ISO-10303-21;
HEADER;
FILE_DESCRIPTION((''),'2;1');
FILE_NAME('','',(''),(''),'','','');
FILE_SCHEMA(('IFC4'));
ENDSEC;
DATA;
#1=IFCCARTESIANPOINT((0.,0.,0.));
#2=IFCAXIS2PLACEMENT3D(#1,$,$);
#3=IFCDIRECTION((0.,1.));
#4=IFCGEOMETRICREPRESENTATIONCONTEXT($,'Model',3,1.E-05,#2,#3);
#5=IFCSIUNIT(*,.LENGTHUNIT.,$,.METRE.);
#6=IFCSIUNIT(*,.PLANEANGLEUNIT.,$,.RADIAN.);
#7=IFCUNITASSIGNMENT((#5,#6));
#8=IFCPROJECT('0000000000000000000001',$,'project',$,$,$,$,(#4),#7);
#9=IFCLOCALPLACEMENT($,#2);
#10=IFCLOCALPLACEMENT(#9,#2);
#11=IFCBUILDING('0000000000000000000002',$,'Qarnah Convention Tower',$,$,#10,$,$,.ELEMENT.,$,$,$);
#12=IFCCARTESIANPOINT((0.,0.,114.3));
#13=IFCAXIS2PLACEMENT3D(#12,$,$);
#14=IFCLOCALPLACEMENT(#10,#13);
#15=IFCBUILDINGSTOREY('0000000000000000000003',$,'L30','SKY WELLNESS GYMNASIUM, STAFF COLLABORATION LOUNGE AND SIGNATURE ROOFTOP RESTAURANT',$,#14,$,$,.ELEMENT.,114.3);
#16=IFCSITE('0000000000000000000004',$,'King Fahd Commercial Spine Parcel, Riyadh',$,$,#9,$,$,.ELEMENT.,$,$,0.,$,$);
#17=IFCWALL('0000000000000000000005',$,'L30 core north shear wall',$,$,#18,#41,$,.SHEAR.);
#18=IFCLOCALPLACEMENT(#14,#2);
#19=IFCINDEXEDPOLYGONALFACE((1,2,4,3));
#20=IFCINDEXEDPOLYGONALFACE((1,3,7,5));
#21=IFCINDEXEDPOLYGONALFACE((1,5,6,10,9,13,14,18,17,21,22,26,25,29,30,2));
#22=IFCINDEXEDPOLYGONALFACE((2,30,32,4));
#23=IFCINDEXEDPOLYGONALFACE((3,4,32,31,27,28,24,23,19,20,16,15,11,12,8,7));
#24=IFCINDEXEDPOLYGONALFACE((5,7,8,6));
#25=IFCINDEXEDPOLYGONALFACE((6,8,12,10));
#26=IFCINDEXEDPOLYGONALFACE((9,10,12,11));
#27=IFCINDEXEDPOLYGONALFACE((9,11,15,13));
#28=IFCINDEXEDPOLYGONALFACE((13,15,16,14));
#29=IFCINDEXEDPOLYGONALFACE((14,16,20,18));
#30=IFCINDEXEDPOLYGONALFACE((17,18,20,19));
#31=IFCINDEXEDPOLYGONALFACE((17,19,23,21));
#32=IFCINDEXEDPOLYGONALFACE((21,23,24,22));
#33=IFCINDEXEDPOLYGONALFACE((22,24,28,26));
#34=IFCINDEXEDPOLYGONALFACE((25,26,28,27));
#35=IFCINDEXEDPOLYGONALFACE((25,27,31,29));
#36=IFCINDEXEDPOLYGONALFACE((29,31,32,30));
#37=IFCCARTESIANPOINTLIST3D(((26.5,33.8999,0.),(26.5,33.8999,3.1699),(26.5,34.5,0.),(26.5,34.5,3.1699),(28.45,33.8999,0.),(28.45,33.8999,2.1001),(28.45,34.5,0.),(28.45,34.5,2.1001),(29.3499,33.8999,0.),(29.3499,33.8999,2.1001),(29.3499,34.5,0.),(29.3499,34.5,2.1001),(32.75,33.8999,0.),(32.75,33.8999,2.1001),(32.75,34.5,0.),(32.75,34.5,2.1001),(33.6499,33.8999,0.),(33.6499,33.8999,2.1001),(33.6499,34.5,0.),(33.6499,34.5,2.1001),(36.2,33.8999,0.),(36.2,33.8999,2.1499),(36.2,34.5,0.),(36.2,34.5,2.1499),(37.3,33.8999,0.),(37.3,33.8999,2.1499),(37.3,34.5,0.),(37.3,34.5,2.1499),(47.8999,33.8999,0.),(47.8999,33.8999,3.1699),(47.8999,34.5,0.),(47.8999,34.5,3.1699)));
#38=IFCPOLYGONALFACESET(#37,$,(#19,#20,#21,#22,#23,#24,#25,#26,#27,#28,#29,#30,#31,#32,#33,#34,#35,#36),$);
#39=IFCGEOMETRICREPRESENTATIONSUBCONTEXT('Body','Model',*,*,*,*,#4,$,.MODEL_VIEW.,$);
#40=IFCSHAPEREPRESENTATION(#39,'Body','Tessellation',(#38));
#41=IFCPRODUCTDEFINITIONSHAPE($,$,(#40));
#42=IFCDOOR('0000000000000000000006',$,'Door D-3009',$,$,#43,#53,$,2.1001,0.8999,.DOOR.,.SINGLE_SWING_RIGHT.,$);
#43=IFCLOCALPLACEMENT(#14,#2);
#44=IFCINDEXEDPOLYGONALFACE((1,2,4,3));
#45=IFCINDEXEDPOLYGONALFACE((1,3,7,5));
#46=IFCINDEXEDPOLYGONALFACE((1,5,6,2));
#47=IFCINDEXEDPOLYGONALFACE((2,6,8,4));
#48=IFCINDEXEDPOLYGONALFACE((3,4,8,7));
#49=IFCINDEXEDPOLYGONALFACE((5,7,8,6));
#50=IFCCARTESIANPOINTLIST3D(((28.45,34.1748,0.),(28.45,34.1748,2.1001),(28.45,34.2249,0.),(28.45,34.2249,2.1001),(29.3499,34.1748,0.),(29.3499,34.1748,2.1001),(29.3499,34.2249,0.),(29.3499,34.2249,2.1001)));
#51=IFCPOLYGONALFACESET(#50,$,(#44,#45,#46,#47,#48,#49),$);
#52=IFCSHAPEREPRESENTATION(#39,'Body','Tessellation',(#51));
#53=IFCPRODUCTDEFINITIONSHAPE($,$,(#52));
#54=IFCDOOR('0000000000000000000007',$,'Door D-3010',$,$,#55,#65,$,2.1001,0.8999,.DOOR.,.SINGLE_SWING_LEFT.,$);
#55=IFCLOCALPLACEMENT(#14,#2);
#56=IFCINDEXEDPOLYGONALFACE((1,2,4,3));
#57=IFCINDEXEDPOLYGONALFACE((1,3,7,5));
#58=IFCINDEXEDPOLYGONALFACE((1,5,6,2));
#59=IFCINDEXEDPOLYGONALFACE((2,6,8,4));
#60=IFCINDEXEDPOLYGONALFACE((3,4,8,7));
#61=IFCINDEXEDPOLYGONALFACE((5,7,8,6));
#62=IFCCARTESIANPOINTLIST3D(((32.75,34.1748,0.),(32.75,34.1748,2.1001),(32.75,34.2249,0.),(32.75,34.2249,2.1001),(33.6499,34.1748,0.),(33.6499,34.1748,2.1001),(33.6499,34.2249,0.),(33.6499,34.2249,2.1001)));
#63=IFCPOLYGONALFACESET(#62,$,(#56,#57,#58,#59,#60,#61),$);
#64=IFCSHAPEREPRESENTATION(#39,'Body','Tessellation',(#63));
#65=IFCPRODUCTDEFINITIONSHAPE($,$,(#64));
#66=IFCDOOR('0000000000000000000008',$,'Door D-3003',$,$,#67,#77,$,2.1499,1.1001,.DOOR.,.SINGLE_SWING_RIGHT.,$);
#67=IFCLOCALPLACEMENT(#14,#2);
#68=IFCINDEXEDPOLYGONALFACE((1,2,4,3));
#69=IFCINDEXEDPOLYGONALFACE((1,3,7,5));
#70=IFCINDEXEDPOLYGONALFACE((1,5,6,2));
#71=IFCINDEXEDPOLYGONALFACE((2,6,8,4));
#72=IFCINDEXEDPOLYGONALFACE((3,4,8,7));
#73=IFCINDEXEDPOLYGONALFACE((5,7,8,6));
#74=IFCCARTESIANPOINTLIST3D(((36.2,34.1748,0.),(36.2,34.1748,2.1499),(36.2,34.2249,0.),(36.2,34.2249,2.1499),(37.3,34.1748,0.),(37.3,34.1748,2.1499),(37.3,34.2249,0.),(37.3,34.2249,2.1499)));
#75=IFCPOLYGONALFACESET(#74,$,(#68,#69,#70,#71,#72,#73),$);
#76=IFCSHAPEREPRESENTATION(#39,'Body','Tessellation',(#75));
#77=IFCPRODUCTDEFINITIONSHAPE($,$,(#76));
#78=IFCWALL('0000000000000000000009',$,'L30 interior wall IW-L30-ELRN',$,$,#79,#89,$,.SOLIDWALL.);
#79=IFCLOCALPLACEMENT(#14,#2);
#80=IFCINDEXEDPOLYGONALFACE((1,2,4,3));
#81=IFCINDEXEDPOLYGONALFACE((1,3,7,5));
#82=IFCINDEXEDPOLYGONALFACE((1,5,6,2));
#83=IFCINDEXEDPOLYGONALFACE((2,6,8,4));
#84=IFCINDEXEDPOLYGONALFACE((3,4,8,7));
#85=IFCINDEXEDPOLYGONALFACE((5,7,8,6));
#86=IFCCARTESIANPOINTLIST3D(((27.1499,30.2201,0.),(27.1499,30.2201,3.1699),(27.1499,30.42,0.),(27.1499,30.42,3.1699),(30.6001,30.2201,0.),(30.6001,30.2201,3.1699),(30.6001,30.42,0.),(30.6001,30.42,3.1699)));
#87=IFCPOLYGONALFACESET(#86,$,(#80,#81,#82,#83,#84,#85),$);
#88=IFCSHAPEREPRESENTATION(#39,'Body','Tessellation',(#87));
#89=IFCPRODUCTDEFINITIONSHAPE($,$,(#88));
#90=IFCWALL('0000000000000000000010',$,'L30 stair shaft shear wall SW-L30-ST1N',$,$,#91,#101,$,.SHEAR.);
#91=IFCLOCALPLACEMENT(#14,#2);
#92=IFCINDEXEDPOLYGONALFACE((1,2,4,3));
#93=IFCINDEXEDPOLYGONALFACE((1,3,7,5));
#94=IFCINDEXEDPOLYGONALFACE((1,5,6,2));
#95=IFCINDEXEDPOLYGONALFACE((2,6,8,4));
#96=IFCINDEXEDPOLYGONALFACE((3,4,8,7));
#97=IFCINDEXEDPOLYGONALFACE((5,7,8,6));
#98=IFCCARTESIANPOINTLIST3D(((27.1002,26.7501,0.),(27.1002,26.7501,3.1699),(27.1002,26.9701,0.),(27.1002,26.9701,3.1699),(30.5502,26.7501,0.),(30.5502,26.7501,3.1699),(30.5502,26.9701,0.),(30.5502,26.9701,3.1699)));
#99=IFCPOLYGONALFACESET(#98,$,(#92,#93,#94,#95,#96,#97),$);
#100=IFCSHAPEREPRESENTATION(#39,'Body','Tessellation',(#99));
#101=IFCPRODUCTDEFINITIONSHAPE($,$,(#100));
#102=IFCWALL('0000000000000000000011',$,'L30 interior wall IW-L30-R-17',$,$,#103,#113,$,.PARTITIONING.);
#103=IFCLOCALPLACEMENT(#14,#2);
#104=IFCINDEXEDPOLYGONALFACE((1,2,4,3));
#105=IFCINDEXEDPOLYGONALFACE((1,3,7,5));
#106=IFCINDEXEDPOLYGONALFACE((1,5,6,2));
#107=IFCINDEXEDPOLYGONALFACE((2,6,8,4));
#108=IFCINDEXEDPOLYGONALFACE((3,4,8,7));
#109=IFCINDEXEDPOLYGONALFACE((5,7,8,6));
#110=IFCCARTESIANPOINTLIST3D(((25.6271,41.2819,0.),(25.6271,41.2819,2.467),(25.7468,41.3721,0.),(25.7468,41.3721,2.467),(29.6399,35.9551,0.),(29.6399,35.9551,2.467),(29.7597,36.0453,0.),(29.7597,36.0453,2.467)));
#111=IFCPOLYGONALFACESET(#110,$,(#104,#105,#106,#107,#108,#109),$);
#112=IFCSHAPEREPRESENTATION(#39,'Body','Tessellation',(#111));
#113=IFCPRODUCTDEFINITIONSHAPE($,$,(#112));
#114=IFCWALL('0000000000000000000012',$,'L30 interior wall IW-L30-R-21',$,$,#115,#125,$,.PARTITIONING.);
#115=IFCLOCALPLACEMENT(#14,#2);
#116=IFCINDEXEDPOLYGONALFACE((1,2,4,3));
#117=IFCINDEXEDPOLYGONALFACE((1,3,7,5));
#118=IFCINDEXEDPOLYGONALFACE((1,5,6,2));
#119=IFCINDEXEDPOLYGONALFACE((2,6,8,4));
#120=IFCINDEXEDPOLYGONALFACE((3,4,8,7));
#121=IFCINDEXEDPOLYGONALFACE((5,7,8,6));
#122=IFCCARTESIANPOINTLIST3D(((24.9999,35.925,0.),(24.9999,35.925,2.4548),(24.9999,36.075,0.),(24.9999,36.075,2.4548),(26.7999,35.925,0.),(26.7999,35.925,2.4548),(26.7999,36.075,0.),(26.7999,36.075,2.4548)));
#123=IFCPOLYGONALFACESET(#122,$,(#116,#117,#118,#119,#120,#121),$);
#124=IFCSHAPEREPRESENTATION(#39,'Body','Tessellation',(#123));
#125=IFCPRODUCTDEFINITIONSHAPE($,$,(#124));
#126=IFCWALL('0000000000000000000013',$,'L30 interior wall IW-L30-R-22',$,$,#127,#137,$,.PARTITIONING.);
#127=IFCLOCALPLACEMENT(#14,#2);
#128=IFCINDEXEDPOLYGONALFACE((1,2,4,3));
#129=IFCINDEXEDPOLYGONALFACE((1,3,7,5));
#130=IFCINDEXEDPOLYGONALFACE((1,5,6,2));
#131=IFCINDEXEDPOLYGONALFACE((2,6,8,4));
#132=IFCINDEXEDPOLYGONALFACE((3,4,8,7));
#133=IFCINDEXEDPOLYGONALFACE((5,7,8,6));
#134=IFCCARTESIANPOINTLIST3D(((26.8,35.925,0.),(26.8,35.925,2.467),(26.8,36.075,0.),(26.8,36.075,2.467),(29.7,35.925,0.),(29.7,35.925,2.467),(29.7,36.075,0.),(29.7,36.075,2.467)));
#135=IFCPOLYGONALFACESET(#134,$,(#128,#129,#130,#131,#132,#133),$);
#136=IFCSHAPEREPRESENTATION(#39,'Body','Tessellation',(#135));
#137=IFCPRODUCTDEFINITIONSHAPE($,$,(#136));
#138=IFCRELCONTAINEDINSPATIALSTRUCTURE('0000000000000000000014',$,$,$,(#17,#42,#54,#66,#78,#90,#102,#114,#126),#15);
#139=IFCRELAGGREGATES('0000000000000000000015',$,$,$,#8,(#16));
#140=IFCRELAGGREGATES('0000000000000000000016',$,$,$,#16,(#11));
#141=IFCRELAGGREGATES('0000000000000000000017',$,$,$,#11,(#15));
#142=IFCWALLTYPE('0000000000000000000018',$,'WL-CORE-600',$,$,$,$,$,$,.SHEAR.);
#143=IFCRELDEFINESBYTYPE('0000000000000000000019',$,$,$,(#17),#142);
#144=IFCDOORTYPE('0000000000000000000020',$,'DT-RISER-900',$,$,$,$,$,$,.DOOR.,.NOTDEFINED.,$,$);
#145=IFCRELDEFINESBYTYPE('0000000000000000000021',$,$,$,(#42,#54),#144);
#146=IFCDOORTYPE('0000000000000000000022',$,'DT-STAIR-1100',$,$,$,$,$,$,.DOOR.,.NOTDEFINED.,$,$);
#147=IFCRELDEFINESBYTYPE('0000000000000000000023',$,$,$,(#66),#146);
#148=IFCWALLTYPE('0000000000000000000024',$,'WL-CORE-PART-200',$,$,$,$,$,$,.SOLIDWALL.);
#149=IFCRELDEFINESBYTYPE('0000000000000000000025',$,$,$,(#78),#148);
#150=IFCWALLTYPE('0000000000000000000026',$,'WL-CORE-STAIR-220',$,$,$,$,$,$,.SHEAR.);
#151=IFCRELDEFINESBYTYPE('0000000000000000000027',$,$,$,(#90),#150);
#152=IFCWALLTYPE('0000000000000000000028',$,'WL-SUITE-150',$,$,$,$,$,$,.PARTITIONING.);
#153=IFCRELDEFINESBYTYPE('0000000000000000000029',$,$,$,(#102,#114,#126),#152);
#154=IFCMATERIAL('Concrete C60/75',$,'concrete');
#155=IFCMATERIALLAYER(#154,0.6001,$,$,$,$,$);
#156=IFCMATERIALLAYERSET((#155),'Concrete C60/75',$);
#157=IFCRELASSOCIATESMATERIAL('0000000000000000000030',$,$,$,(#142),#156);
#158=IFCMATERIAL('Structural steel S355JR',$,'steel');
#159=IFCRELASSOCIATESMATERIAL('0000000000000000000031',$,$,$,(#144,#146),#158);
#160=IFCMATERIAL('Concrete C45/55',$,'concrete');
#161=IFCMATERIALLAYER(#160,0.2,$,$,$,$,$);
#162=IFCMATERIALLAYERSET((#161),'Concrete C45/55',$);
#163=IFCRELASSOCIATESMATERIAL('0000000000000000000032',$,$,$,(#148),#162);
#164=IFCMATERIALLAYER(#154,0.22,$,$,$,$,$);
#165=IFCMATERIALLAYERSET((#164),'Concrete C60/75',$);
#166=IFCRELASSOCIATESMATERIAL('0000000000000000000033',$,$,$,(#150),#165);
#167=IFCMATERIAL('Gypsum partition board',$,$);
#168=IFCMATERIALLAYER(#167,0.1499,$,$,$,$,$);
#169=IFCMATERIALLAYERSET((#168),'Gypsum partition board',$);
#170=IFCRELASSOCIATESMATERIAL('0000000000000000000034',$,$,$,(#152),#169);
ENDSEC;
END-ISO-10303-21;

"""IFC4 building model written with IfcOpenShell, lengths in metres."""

from ifc_helpers import new_model, si_unit, direction, frame, frame_2d, origin, place, context, subcontext, project, spatial, rectangle, extrude, material, layer, layer_set, type_object, element, fill, save


model = new_model("IFC4")

# Units and contexts
model_context = context("Model", 3, precision=1e-05, world=origin(), true_north=direction((0.0, 1.0)))
body_context = subcontext(model_context, "Body", "Model", "MODEL_VIEW")
ifc_project = project(units=[si_unit("LENGTHUNIT", "METRE"), si_unit("PLANEANGLEUNIT", "RADIAN")], contexts=[model_context])

# Site, building, storey
site_placement = place(None, origin())
site = spatial("IfcSite", under=ifc_project, at=site_placement, Name="King Fahd Commercial Spine Parcel, Riyadh", CompositionType="ELEMENT", RefElevation=0.0)
building_placement = place(site_placement, origin())
building = spatial("IfcBuilding", under=site, at=building_placement, Name="Qarnah Convention Tower", CompositionType="ELEMENT")
storey_placement = place(building_placement, frame((0.0, 0.0, 114.3)))
storey = spatial("IfcBuildingStorey", under=building, at=storey_placement, Name="L30", Description="SKY WELLNESS GYMNASIUM, STAFF COLLABORATION LOUNGE AND SIGNATURE ROOFTOP RESTAURANT", CompositionType="ELEMENT", Elevation=114.3)

# Shared definitions
ifc_material_1 = material(Name="Concrete C60/75", Category="concrete")

# Shared definitions
ifc_material_2 = material(Name="Structural steel S355JR", Category="steel")

# Wall, openings, doors
ifc_layer_1 = layer(ifc_material_1, 0.6001)
ifc_layer_set_1 = layer_set([ifc_layer_1], Name="Concrete C60/75")
wall_type_1 = type_object("IfcWallType", Name="WL-CORE-600", PredefinedType="SHEAR", material=ifc_layer_set_1)
wall_1_placement = place(storey_placement, frame((26.5, 34.2, 0.0), z_axis=(0.0, 0.0, 1.0), x_axis=(1.0, 0.0, 0.0)))
wall_1 = element("IfcWall", 1, at=wall_1_placement, inside=storey, type_object=wall_type_1, Name="L30 core north shear wall", PredefinedType="SHEAR", context=body_context, shape_type="SweptSolid", body=[
    extrude(rectangle(XDim=21.3999, YDim=0.6001, at=frame_2d((10.7, 0.0))), origin(), (0.0, 0.0, 1.0), 3.1699),
])
opening_1_placement = place(wall_1_placement, frame((9.7, 0.0, 0.0)))
opening_1 = element("IfcOpeningElement", 2, at=opening_1_placement, cuts=wall_1, PredefinedType="OPENING", context=body_context, shape_type="SweptSolid", body=[
    extrude(rectangle(XDim=1.1001, YDim=2.1499, at=frame_2d((0.55, 1.075))), frame((0.0, 0.3101, 0.0), z_axis=(0.0, -1.0, 0.0), x_axis=(1.0, 0.0, 0.0)), (0.0, 0.0, 1.0), 0.6201),
])
opening_2_placement = place(wall_1_placement, frame((1.95, 0.0, 0.0)))
opening_2 = element("IfcOpeningElement", 3, at=opening_2_placement, cuts=wall_1, PredefinedType="OPENING", context=body_context, shape_type="SweptSolid", body=[
    extrude(rectangle(XDim=0.8999, YDim=2.1001, at=frame_2d((0.45, 1.05))), frame((0.0, 0.3101, 0.0), z_axis=(0.0, -1.0, 0.0), x_axis=(1.0, 0.0, 0.0)), (0.0, 0.0, 1.0), 0.6201),
])
opening_3_placement = place(wall_1_placement, frame((6.25, 0.0, 0.0)))
opening_3 = element("IfcOpeningElement", 4, at=opening_3_placement, cuts=wall_1, PredefinedType="OPENING", context=body_context, shape_type="SweptSolid", body=[
    extrude(rectangle(XDim=0.8999, YDim=2.1001, at=frame_2d((0.45, 1.05))), frame((0.0, 0.3101, 0.0), z_axis=(0.0, -1.0, 0.0), x_axis=(1.0, 0.0, 0.0)), (0.0, 0.0, 1.0), 0.6201),
])
door_type_1 = type_object("IfcDoorType", Name="DT-RISER-900", OperationType="NOTDEFINED", PredefinedType="DOOR", material=ifc_material_2)
door_1_placement = place(opening_2_placement, origin())
door_1 = element("IfcDoor", 5, at=door_1_placement, inside=storey, type_object=door_type_1, Name="Door D-3009", OperationType="SINGLE_SWING_RIGHT", OverallHeight=2.1001, OverallWidth=0.8999, PredefinedType="DOOR", context=body_context, shape_type="SweptSolid", body=[
    extrude(rectangle(XDim=0.8999, YDim=2.1001, at=frame_2d((0.45, 1.05))), frame((0.0, 0.0249, 0.0), z_axis=(0.0, -1.0, 0.0), x_axis=(1.0, 0.0, 0.0)), (0.0, 0.0, 1.0), 0.05),
])
fill(opening_2, door_1)
door_2_placement = place(opening_3_placement, origin())
door_2 = element("IfcDoor", 6, at=door_2_placement, inside=storey, type_object=door_type_1, Name="Door D-3010", OperationType="SINGLE_SWING_LEFT", OverallHeight=2.1001, OverallWidth=0.8999, PredefinedType="DOOR", context=body_context, shape_type="SweptSolid", body=[
    extrude(rectangle(XDim=0.8999, YDim=2.1001, at=frame_2d((0.45, 1.05))), frame((0.0, 0.0249, 0.0), z_axis=(0.0, -1.0, 0.0), x_axis=(1.0, 0.0, 0.0)), (0.0, 0.0, 1.0), 0.05),
])
fill(opening_3, door_2)
door_type_2 = type_object("IfcDoorType", Name="DT-STAIR-1100", OperationType="NOTDEFINED", PredefinedType="DOOR", material=ifc_material_2)
door_3_placement = place(opening_1_placement, origin())
door_3 = element("IfcDoor", 7, at=door_3_placement, inside=storey, type_object=door_type_2, Name="Door D-3003", OperationType="SINGLE_SWING_RIGHT", OverallHeight=2.1499, OverallWidth=1.1001, PredefinedType="DOOR", context=body_context, shape_type="SweptSolid", body=[
    extrude(rectangle(XDim=1.1001, YDim=2.1499, at=frame_2d((0.55, 1.075))), frame((0.0, 0.0249, 0.0), z_axis=(0.0, -1.0, 0.0), x_axis=(1.0, 0.0, 0.0)), (0.0, 0.0, 1.0), 0.05),
])
fill(opening_1, door_3)

# Walls
ifc_material_3 = material(Name="Concrete C45/55", Category="concrete")
ifc_layer_2 = layer(ifc_material_3, 0.2)
ifc_layer_set_2 = layer_set([ifc_layer_2], Name="Concrete C45/55")
wall_type_2 = type_object("IfcWallType", Name="WL-CORE-PART-200", PredefinedType="SOLIDWALL", material=ifc_layer_set_2)
wall_2_placement = place(storey_placement, frame((27.1499, 30.3201, 0.0), z_axis=(0.0, 0.0, 1.0), x_axis=(1.0, 0.0, 0.0)))
element("IfcWall", 8, at=wall_2_placement, inside=storey, type_object=wall_type_2, Name="L30 interior wall IW-L30-ELRN", PredefinedType="SOLIDWALL", context=body_context, shape_type="SweptSolid", body=[
    extrude(rectangle(XDim=3.4502, YDim=0.2, at=frame_2d((1.7251, 0.0))), origin(), (0.0, 0.0, 1.0), 3.1699),
])
ifc_layer_3 = layer(ifc_material_1, 0.22)
ifc_layer_set_3 = layer_set([ifc_layer_3], Name="Concrete C60/75")
wall_type_3 = type_object("IfcWallType", Name="WL-CORE-STAIR-220", PredefinedType="SHEAR", material=ifc_layer_set_3)
wall_3_placement = place(storey_placement, frame((27.1001, 26.8601, 0.0), z_axis=(0.0, 0.0, 1.0), x_axis=(1.0, 0.0, 0.0)))
element("IfcWall", 9, at=wall_3_placement, inside=storey, type_object=wall_type_3, Name="L30 stair shaft shear wall SW-L30-ST1N", PredefinedType="SHEAR", context=body_context, shape_type="SweptSolid", body=[
    extrude(rectangle(XDim=3.45, YDim=0.22, at=frame_2d((1.7251, 0.0))), origin(), (0.0, 0.0, 1.0), 3.1699),
])

# Walls
ifc_material_4 = material(Name="Gypsum partition board")
ifc_layer_4 = layer(ifc_material_4, 0.1499)
ifc_layer_set_4 = layer_set([ifc_layer_4], Name="Gypsum partition board")
wall_type_4 = type_object("IfcWallType", Name="WL-SUITE-150", PredefinedType="PARTITIONING", material=ifc_layer_set_4)
wall_4_placement = place(storey_placement, frame((25.687, 41.3269, 0.0), z_axis=(0.0, 0.0, 1.0), x_axis=(0.601703, -0.79872, 0.0)))
element("IfcWall", 10, at=wall_4_placement, inside=storey, type_object=wall_type_4, Name="L30 interior wall IW-L30-R-17", PredefinedType="PARTITIONING", context=body_context, shape_type="SweptSolid", body=[
    extrude(rectangle(XDim=6.6692, YDim=0.1499, at=frame_2d((3.3345, 0.0))), origin(), (0.0, 0.0, 1.0), 2.467),
])
wall_5_placement = place(storey_placement, frame((25.0, 36.0, 0.0), z_axis=(0.0, 0.0, 1.0), x_axis=(1.0, 0.0, 0.0)))
element("IfcWall", 11, at=wall_5_placement, inside=storey, type_object=wall_type_4, Name="L30 interior wall IW-L30-R-21", PredefinedType="PARTITIONING", context=body_context, shape_type="SweptSolid", body=[
    extrude(rectangle(XDim=1.8, YDim=0.1499, at=frame_2d((0.8999, 0.0))), origin(), (0.0, 0.0, 1.0), 2.4548),
])
wall_6_placement = place(storey_placement, frame((26.8, 36.0, 0.0), z_axis=(0.0, 0.0, 1.0), x_axis=(1.0, 0.0, 0.0)))
element("IfcWall", 12, at=wall_6_placement, inside=storey, type_object=wall_type_4, Name="L30 interior wall IW-L30-R-22", PredefinedType="PARTITIONING", context=body_context, shape_type="SweptSolid", body=[
    extrude(rectangle(XDim=2.8999, YDim=0.1499, at=frame_2d((1.45, 0.0))), origin(), (0.0, 0.0, 1.0), 2.467),
])

save(model, "model.ifc")
